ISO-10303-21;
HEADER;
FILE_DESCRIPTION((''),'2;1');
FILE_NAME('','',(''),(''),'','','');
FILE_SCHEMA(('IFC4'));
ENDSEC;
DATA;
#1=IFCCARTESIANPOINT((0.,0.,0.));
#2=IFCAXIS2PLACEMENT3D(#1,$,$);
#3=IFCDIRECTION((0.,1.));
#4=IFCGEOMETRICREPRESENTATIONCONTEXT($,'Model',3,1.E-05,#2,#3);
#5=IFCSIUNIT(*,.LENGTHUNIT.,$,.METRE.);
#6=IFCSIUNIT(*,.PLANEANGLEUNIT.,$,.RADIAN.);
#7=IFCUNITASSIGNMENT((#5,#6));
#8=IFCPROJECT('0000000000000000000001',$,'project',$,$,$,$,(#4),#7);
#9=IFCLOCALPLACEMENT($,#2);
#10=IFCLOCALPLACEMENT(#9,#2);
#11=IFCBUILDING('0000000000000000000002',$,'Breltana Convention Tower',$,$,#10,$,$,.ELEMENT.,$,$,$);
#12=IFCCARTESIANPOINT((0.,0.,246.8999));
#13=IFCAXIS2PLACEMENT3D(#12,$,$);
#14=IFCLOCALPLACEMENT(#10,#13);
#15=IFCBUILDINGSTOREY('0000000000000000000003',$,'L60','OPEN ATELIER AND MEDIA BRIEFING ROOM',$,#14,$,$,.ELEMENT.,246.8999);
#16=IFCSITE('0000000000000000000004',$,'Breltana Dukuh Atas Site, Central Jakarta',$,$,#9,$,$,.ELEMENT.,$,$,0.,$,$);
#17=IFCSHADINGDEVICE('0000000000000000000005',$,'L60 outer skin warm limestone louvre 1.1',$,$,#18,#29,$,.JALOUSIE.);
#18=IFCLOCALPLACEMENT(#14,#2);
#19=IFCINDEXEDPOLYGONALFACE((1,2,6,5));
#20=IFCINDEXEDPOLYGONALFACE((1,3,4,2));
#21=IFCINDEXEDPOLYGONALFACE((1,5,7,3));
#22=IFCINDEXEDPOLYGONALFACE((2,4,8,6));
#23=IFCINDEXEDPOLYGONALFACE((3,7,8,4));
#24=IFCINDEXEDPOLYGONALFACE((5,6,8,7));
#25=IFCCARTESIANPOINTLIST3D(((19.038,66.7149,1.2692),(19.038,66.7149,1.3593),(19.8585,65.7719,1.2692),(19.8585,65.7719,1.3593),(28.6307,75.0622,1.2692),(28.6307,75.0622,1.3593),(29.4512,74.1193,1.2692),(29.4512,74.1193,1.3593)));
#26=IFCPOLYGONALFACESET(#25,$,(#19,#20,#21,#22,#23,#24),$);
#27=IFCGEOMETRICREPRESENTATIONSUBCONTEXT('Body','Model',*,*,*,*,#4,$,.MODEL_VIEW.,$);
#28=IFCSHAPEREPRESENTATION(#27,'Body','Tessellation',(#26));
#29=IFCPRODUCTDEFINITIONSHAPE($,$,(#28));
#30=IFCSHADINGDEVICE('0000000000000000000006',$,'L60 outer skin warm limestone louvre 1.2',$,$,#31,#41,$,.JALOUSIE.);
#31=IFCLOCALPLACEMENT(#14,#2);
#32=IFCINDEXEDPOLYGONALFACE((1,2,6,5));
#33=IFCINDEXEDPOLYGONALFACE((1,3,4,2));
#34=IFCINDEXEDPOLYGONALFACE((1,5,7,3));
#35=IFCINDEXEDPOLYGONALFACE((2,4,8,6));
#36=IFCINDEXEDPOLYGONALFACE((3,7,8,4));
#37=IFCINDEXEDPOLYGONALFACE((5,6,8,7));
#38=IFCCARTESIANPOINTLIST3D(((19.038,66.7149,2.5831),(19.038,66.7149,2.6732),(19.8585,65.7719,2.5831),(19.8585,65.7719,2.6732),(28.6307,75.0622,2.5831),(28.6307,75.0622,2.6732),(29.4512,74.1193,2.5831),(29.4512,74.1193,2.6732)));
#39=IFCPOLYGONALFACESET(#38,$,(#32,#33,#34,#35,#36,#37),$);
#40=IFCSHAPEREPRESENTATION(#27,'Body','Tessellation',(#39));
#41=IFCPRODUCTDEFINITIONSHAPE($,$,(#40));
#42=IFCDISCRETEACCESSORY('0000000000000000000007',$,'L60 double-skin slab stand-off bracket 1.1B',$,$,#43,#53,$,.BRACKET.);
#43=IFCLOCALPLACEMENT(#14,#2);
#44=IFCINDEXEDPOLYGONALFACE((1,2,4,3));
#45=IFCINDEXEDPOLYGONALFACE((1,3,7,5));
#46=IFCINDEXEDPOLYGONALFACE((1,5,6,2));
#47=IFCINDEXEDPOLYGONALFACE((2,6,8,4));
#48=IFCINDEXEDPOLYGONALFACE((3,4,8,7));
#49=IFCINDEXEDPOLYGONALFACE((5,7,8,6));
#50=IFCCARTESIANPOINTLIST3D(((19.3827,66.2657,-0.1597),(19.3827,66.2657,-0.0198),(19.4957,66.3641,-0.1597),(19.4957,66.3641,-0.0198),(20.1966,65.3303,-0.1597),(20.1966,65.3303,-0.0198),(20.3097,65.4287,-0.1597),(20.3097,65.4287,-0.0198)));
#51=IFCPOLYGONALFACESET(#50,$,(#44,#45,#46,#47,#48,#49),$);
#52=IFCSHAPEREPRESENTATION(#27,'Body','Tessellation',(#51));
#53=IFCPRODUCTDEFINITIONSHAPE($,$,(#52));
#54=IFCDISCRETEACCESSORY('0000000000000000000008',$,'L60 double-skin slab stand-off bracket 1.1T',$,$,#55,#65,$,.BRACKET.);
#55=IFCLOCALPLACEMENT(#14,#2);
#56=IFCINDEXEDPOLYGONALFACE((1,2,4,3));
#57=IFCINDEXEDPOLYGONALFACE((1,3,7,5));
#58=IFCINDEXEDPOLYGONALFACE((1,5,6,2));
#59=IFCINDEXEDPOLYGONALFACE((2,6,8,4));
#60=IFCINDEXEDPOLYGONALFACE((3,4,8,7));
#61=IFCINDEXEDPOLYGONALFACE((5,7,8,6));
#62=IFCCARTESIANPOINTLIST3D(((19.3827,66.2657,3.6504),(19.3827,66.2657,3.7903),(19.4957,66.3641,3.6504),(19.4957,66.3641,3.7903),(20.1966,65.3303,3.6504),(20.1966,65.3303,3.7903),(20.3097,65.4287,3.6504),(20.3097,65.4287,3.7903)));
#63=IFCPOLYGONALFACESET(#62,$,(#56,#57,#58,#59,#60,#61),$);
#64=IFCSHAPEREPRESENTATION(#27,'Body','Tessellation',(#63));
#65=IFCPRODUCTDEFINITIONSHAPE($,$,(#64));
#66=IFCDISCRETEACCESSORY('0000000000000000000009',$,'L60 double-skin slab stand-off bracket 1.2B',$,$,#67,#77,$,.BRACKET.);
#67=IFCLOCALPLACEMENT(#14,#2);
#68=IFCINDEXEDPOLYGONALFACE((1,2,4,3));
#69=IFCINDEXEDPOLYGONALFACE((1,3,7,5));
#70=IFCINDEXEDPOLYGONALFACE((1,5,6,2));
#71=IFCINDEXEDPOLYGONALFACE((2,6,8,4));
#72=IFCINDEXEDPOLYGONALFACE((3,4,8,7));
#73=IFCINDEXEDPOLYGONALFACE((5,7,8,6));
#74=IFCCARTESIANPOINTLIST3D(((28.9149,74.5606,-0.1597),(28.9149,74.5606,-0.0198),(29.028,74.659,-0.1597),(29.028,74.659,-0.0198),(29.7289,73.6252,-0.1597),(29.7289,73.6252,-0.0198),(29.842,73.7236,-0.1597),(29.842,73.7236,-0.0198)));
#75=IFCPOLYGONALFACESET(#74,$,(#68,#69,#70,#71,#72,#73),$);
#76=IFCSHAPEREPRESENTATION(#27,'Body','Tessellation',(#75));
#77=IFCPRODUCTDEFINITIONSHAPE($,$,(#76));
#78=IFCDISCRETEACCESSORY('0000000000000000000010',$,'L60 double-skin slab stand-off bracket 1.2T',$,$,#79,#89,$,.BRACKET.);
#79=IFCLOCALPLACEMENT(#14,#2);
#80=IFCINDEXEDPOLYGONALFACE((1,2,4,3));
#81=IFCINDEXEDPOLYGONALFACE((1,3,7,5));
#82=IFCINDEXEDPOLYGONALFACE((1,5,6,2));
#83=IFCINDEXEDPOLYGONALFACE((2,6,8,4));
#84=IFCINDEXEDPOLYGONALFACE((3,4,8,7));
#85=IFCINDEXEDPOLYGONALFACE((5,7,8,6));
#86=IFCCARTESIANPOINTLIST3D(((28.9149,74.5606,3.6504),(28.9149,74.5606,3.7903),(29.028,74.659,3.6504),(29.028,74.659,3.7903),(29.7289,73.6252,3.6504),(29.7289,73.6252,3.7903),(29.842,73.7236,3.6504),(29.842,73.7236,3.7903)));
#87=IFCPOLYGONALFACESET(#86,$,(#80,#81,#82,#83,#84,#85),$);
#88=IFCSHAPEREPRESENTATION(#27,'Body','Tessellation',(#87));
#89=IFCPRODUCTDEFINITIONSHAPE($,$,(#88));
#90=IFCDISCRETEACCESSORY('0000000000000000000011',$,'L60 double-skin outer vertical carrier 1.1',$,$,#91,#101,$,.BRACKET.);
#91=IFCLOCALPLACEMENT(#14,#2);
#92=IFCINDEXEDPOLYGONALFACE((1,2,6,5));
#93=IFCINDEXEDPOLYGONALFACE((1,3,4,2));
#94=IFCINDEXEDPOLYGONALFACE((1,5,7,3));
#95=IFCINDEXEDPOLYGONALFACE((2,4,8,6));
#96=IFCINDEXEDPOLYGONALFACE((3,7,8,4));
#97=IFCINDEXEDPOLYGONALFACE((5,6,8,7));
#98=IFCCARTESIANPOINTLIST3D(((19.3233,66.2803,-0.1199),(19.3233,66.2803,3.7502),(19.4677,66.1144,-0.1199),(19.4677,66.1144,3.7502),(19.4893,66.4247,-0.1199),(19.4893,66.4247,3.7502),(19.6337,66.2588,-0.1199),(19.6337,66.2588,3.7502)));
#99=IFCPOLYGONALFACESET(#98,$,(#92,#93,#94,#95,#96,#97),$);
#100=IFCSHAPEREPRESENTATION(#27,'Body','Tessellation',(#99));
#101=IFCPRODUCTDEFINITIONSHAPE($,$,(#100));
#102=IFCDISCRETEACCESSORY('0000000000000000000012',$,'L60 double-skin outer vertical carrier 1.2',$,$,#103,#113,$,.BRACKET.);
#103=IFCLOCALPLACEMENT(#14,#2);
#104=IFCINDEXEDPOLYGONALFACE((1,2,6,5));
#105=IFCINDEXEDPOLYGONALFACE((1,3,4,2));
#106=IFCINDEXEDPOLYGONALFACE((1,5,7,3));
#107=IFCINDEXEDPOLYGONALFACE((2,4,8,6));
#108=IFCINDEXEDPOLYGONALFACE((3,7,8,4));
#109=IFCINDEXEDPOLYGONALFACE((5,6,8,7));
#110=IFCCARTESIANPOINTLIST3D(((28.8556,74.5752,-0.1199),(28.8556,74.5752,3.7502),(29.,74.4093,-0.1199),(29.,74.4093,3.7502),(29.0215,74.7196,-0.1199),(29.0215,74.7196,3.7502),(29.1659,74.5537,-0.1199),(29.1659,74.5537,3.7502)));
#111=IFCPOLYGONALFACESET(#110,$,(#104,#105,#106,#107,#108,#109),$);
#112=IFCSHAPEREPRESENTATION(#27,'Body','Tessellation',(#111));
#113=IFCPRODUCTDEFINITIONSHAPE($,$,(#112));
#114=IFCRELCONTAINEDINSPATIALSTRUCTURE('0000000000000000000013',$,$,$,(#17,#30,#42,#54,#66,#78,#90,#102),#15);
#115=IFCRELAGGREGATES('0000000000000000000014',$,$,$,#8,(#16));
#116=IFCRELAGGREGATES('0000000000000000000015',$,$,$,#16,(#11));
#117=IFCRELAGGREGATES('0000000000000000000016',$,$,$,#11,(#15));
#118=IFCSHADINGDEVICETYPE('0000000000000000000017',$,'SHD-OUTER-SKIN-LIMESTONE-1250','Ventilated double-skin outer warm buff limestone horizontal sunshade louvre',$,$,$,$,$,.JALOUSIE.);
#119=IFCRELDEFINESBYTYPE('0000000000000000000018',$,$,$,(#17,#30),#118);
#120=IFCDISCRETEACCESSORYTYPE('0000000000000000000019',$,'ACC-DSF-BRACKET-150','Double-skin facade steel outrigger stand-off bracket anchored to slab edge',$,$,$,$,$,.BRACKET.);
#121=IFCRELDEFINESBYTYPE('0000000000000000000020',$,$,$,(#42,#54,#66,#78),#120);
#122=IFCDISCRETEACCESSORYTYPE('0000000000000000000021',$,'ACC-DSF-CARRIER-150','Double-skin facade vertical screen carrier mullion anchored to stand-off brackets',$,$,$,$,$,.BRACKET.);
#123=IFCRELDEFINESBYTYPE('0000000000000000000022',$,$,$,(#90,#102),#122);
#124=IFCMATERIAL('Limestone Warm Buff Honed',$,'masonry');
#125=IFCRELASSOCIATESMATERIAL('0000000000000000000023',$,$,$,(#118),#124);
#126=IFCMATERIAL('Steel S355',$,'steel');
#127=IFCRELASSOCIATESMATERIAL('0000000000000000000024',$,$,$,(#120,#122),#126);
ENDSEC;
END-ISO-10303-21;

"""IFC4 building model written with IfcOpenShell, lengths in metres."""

from ifc_helpers import new_model, si_unit, direction, frame, origin, origin_2d, place, context, subcontext, project, spatial, rectangle, extrude, source, transform, mapped, material, material_profile, profile_set, type_object, type_shapes, element, save


model = new_model("IFC4")

# Units and contexts
model_context = context("Model", 3, precision=1e-05, world=origin(), true_north=direction((0.0, 1.0)))
body_context = subcontext(model_context, "Body", "Model", "MODEL_VIEW")
ifc_project = project(units=[si_unit("LENGTHUNIT", "METRE"), si_unit("PLANEANGLEUNIT", "RADIAN")], contexts=[model_context])

# Site, building, storey
site_placement = place(None, origin())
site = spatial("IfcSite", under=ifc_project, at=site_placement, Name="Breltana Dukuh Atas Site, Central Jakarta", CompositionType="ELEMENT", RefElevation=0.0)
building_placement = place(site_placement, origin())
building = spatial("IfcBuilding", under=site, at=building_placement, Name="Breltana Convention Tower", CompositionType="ELEMENT")
storey_placement = place(building_placement, frame((0.0, 0.0, 246.8999)))
storey = spatial("IfcBuildingStorey", under=building, at=storey_placement, Name="L60", Description="OPEN ATELIER AND MEDIA BRIEFING ROOM", CompositionType="ELEMENT", Elevation=246.8999)

# Shading devices
ifc_material_1 = material(Name="Limestone Warm Buff Honed", Category="masonry")
ifc_material_profile_1 = material_profile(ifc_material_1, rectangle(XDim=1.25, YDim=0.0901, at=origin_2d()), Name="STN-LVR-1250X90")
ifc_profile_set_1 = profile_set([ifc_material_profile_1], Name="Limestone Warm Buff Honed")
shading_device_type = type_object("IfcShadingDeviceType", Name="SHD-OUTER-SKIN-LIMESTONE-1250", Description="Ventilated double-skin outer warm buff limestone horizontal sunshade louvre", PredefinedType="JALOUSIE", material=ifc_profile_set_1)
shared_shape_1 = source(origin(), body_context, "Body", "SweptSolid", [
    extrude(rectangle(XDim=1.25, YDim=0.0901, at=origin_2d()), origin(), (0.0, 0.0, 1.0), 12.7161),
])
for number, where, z_axis, x_axis, name in (
    (1, (19.4482, 66.2434, 1.3142), (0.754377, 0.656442, 0.0), (-0.656442, 0.754377, 0.0), "L60 outer skin warm limestone louvre 1.1"),
    (2, (19.4482, 66.2434, 2.6282), (0.754377, 0.656442, 0.0), (-0.656442, 0.754377, 0.0), "L60 outer skin warm limestone louvre 1.2"),
):
    element("IfcShadingDevice", number, at=place(storey_placement, frame(where, z_axis=z_axis, x_axis=x_axis)), inside=storey, type_object=shading_device_type, Name=name, PredefinedType="JALOUSIE", context=body_context, shape_type="MappedRepresentation", body=[
        mapped(shared_shape_1, transform((0.0, 0.0, 0.0), scale=1.0)),
    ])

# Discrete accessories
ifc_material_2 = material(Name="Steel S355", Category="steel")
discrete_accessory_type_1 = type_object("IfcDiscreteAccessoryType", Name="ACC-DSF-BRACKET-150", Description="Double-skin facade steel outrigger stand-off bracket anchored to slab edge", PredefinedType="BRACKET", material=ifc_material_2)
shared_shape_2 = source(origin(), body_context, "Body", "SweptSolid", [
    extrude(rectangle(XDim=1.24, YDim=0.1499, at=origin_2d()), origin(), (0.0, 0.0, 1.0), 0.1399),
])
type_shapes(discrete_accessory_type_1, [shared_shape_2])
for number, where, z_axis, x_axis, name in (
    (3, (19.8462, 65.8472, -0.1597), (0.0, 0.0, 1.0), (-0.65645, 0.754369, 0.0), "L60 double-skin slab stand-off bracket 1.1B"),
    (4, (19.8462, 65.8472, 3.6504), (0.0, 0.0, 1.0), (-0.65645, 0.754369, 0.0), "L60 double-skin slab stand-off bracket 1.1T"),
    (5, (29.3784, 74.1421, -0.1597), (0.0, 0.0, 1.0), (-0.65645, 0.754369, 0.0), "L60 double-skin slab stand-off bracket 1.2B"),
    (6, (29.3784, 74.1421, 3.6504), (0.0, 0.0, 1.0), (-0.65645, 0.754369, 0.0), "L60 double-skin slab stand-off bracket 1.2T"),
):
    element("IfcDiscreteAccessory", number, at=place(storey_placement, frame(where, z_axis=z_axis, x_axis=x_axis)), inside=storey, type_object=discrete_accessory_type_1, Name=name, PredefinedType="BRACKET", context=body_context, shape_type="MappedRepresentation", body=[
        mapped(shared_shape_2, transform((0.0, 0.0, 0.0), scale=1.0)),
    ])
discrete_accessory_type_2 = type_object("IfcDiscreteAccessoryType", Name="ACC-DSF-CARRIER-150", Description="Double-skin facade vertical screen carrier mullion anchored to stand-off brackets", PredefinedType="BRACKET", material=ifc_material_2)
shared_shape_3 = source(origin(), body_context, "Body", "SweptSolid", [
    extrude(rectangle(XDim=0.22, YDim=0.22, at=origin_2d()), origin(), (0.0, 0.0, 1.0), 3.8701),
])
for number, where, z_axis, x_axis, name in (
    (7, (19.4785, 66.2695, -0.1199), (0.0, 0.0, 1.0), (-0.65645, 0.754369, 0.0), "L60 double-skin outer vertical carrier 1.1"),
    (8, (29.0107, 74.5645, -0.1199), (0.0, 0.0, 1.0), (-0.65645, 0.754369, 0.0), "L60 double-skin outer vertical carrier 1.2"),
):
    element("IfcDiscreteAccessory", number, at=place(storey_placement, frame(where, z_axis=z_axis, x_axis=x_axis)), inside=storey, type_object=discrete_accessory_type_2, Name=name, PredefinedType="BRACKET", context=body_context, shape_type="MappedRepresentation", body=[
        mapped(shared_shape_3, transform((0.0, 0.0, 0.0), scale=1.0)),
    ])

save(model, "model.ifc")
